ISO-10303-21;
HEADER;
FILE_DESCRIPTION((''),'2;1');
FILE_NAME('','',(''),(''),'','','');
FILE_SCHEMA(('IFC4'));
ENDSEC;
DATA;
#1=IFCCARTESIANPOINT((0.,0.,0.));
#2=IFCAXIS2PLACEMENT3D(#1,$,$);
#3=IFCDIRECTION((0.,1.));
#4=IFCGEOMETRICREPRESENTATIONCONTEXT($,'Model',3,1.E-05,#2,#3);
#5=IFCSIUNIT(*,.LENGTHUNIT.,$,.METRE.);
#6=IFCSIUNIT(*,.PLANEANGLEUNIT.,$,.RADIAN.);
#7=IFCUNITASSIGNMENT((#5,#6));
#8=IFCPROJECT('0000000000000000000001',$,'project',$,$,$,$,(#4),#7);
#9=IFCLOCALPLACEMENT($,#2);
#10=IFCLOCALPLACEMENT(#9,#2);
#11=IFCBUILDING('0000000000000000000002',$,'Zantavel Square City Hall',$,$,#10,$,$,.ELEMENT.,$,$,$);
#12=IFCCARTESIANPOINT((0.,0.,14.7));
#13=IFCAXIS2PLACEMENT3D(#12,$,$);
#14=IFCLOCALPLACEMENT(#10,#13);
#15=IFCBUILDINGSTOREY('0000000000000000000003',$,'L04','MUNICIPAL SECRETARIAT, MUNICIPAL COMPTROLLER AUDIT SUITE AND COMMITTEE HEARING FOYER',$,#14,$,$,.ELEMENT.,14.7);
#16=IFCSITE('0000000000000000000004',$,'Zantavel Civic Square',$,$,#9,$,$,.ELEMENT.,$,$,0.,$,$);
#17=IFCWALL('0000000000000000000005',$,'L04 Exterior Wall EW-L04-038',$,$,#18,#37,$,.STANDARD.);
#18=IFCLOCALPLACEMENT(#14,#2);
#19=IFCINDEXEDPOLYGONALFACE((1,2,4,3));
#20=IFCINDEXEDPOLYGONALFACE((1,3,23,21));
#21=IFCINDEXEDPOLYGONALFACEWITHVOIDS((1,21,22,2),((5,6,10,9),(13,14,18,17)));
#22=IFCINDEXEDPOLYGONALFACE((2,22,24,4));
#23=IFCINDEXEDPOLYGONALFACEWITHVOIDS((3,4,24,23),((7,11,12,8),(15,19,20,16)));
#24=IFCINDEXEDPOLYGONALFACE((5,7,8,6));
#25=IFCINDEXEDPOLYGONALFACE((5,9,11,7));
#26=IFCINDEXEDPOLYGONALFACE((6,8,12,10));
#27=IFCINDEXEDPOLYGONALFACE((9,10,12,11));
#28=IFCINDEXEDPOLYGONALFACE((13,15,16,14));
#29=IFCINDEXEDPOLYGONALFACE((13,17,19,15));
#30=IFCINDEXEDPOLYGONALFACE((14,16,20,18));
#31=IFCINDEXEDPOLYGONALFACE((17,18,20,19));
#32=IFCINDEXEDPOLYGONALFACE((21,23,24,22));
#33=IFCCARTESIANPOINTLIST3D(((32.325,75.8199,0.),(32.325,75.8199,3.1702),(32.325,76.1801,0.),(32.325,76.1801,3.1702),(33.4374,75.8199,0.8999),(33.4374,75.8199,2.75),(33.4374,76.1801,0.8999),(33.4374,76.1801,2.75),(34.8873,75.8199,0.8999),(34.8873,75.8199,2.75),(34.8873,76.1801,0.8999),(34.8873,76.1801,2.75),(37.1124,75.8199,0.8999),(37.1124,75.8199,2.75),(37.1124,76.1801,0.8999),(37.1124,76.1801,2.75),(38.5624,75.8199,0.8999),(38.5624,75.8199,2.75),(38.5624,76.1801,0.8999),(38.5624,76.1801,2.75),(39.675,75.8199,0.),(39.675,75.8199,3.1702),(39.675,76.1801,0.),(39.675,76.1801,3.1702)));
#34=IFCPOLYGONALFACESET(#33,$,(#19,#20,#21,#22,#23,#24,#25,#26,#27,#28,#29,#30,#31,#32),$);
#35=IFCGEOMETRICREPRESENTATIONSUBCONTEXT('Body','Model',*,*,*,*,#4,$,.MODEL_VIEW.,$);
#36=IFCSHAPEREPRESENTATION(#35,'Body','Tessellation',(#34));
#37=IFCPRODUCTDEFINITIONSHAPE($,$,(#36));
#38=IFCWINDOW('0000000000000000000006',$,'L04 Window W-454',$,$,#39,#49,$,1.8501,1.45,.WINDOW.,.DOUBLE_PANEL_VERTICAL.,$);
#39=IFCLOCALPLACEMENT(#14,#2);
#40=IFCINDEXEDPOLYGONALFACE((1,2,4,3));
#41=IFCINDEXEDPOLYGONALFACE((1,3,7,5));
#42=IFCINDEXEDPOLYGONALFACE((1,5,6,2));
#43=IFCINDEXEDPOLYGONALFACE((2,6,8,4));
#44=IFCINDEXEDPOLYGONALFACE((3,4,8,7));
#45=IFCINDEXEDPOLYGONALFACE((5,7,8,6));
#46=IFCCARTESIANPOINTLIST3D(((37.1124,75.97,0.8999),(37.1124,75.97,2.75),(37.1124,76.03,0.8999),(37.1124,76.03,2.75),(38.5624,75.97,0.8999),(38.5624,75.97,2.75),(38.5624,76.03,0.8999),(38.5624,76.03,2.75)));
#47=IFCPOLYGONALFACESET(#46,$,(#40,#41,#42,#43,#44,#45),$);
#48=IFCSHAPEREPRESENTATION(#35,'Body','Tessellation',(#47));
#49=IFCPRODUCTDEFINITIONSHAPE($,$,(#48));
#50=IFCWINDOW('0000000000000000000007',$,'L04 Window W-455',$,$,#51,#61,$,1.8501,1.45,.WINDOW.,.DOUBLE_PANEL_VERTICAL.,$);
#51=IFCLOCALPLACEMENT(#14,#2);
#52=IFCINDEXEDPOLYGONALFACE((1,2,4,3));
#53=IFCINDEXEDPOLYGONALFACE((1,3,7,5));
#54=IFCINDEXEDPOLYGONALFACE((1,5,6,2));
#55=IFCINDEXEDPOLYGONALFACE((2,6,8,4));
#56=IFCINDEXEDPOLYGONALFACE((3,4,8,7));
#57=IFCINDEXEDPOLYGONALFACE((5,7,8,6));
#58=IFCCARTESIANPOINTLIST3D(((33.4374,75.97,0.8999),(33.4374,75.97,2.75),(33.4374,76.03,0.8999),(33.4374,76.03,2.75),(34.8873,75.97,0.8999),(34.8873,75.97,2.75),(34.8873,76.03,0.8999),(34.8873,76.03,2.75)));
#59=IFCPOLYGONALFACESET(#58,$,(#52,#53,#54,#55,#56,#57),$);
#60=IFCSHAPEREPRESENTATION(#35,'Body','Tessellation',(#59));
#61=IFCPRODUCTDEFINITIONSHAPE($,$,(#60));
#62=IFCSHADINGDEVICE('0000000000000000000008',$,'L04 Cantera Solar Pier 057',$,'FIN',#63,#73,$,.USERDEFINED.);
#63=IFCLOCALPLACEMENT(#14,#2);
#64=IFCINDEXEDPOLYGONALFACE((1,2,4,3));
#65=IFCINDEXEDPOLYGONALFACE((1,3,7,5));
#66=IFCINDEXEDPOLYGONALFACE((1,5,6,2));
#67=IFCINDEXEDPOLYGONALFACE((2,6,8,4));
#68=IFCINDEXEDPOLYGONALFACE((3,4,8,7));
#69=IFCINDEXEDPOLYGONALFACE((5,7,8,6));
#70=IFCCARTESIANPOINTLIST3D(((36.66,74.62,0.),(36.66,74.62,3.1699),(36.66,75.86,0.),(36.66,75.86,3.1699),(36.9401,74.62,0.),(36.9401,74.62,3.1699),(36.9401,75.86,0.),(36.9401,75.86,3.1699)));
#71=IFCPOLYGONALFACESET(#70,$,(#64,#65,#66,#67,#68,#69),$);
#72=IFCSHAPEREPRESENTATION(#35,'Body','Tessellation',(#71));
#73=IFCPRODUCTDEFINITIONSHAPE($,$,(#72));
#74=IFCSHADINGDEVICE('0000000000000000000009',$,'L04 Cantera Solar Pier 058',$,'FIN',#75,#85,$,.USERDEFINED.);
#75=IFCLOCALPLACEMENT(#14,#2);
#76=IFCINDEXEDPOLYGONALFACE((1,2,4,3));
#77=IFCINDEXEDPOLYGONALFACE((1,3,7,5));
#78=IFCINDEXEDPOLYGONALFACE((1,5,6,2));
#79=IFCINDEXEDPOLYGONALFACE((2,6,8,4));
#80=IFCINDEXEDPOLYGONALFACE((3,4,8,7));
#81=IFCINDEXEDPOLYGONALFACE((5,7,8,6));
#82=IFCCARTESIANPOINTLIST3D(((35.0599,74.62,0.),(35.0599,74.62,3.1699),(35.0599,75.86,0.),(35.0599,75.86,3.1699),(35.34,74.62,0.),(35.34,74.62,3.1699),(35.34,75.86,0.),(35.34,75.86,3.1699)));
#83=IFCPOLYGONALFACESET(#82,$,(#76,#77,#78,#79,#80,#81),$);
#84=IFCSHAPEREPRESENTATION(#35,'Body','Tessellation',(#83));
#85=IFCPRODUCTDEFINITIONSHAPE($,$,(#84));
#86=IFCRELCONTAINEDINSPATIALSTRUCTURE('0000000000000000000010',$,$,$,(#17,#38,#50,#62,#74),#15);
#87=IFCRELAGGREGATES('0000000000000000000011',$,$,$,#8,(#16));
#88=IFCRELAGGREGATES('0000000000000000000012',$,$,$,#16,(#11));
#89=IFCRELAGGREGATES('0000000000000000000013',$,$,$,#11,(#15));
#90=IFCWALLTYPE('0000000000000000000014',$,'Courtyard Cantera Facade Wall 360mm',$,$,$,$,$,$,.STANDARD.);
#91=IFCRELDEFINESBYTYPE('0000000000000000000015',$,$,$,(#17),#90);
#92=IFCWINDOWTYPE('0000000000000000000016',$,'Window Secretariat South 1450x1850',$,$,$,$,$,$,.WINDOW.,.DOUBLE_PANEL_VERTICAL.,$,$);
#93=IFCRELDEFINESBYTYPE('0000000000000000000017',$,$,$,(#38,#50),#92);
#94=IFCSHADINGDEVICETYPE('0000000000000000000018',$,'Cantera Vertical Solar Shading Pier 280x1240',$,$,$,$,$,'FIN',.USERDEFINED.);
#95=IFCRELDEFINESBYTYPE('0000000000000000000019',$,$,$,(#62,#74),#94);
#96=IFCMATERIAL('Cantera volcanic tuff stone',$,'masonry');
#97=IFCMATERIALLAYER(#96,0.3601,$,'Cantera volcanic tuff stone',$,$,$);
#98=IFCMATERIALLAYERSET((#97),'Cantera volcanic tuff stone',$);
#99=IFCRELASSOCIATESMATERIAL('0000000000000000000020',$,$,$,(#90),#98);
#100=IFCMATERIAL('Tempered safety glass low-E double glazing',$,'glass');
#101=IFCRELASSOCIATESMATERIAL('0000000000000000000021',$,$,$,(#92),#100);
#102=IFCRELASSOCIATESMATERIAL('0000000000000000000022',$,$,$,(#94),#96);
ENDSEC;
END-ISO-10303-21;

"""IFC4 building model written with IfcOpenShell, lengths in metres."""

from ifc_helpers import new_model, si_unit, direction, frame, frame_2d, origin, origin_2d, place, context, subcontext, project, spatial, rectangle, extrude, material, layer, layer_set, type_object, element, fill, save


model = new_model("IFC4")

# Units and contexts
model_context = context("Model", 3, precision=1e-05, world=origin(), true_north=direction((0.0, 1.0)))
body_context = subcontext(model_context, "Body", "Model", "MODEL_VIEW")
ifc_project = project(units=[si_unit("LENGTHUNIT", "METRE"), si_unit("PLANEANGLEUNIT", "RADIAN")], contexts=[model_context])

# Site, building, storey
site_placement = place(None, origin())
site = spatial("IfcSite", under=ifc_project, at=site_placement, Name="Zantavel Civic Square", CompositionType="ELEMENT", RefElevation=0.0)
building_placement = place(site_placement, origin())
building = spatial("IfcBuilding", under=site, at=building_placement, Name="Zantavel Square City Hall", CompositionType="ELEMENT")
storey_placement = place(building_placement, frame((0.0, 0.0, 14.7)))
storey = spatial("IfcBuildingStorey", under=building, at=storey_placement, Name="L04", Description="MUNICIPAL SECRETARIAT, MUNICIPAL COMPTROLLER AUDIT SUITE AND COMMITTEE HEARING FOYER", CompositionType="ELEMENT", Elevation=14.7)

# Wall, openings, windows
ifc_material_1 = material(Name="Cantera volcanic tuff stone", Category="masonry")
ifc_layer = layer(ifc_material_1, 0.3601, Name="Cantera volcanic tuff stone")
ifc_layer_set = layer_set([ifc_layer], Name="Cantera volcanic tuff stone")
wall_type = type_object("IfcWallType", Name="Courtyard Cantera Facade Wall 360mm", PredefinedType="STANDARD", material=ifc_layer_set)
wall_placement = place(storey_placement, frame((39.675, 76.0, 0.0), z_axis=(0.0, 0.0, 1.0), x_axis=(-1.0, 0.0, 0.0)))
wall = element("IfcWall", 1, at=wall_placement, inside=storey, type_object=wall_type, Name="L04 Exterior Wall EW-L04-038", PredefinedType="STANDARD", context=body_context, shape_type="SweptSolid", body=[
    extrude(rectangle(XDim=7.3501, YDim=0.3601, at=frame_2d((3.675, 0.0))), origin(), (0.0, 0.0, 1.0), 3.1702),
])
opening_1_placement = place(wall_placement, frame((1.1125, 0.0, 0.8999)))
opening_1 = element("IfcOpeningElement", 2, at=opening_1_placement, cuts=wall, PredefinedType="OPENING", context=body_context, shape_type="SweptSolid", body=[
    extrude(rectangle(XDim=1.45, YDim=1.8501, at=frame_2d((0.7251, 0.925))), frame((0.0, 0.1899, 0.0), z_axis=(0.0, -1.0, 0.0), x_axis=(1.0, 0.0, 0.0)), (0.0, 0.0, 1.0), 0.3801),
])
opening_2_placement = place(wall_placement, frame((4.7876, 0.0, 0.8999)))
opening_2 = element("IfcOpeningElement", 3, at=opening_2_placement, cuts=wall, PredefinedType="OPENING", context=body_context, shape_type="SweptSolid", body=[
    extrude(rectangle(XDim=1.45, YDim=1.8501, at=frame_2d((0.7251, 0.925))), frame((0.0, 0.1899, 0.0), z_axis=(0.0, -1.0, 0.0), x_axis=(1.0, 0.0, 0.0)), (0.0, 0.0, 1.0), 0.3801),
])
ifc_material_2 = material(Name="Tempered safety glass low-E double glazing", Category="glass")
window_type = type_object("IfcWindowType", Name="Window Secretariat South 1450x1850", PartitioningType="DOUBLE_PANEL_VERTICAL", PredefinedType="WINDOW", material=ifc_material_2)
window_1_placement = place(opening_1_placement, origin())
window_1 = element("IfcWindow", 4, at=window_1_placement, inside=storey, type_object=window_type, Name="L04 Window W-454", OverallHeight=1.8501, OverallWidth=1.45, PartitioningType="DOUBLE_PANEL_VERTICAL", PredefinedType="WINDOW", context=body_context, shape_type="SweptSolid", body=[
    extrude(rectangle(XDim=1.45, YDim=1.8501, at=frame_2d((0.7251, 0.925))), frame((0.0, 0.03, 0.0), z_axis=(0.0, -1.0, 0.0), x_axis=(1.0, 0.0, 0.0)), (0.0, 0.0, 1.0), 0.0601),
])
fill(opening_1, window_1)
window_2_placement = place(opening_2_placement, origin())
window_2 = element("IfcWindow", 5, at=window_2_placement, inside=storey, type_object=window_type, Name="L04 Window W-455", OverallHeight=1.8501, OverallWidth=1.45, PartitioningType="DOUBLE_PANEL_VERTICAL", PredefinedType="WINDOW", context=body_context, shape_type="SweptSolid", body=[
    extrude(rectangle(XDim=1.45, YDim=1.8501, at=frame_2d((0.7251, 0.925))), frame((0.0, 0.03, 0.0), z_axis=(0.0, -1.0, 0.0), x_axis=(1.0, 0.0, 0.0)), (0.0, 0.0, 1.0), 0.0601),
])
fill(opening_2, window_2)

# Shading devices
shading_device_type = type_object("IfcShadingDeviceType", Name="Cantera Vertical Solar Shading Pier 280x1240", ElementType="FIN", PredefinedType="USERDEFINED", material=ifc_material_1)
for number, where, z_axis, x_axis, name in (
    (6, (36.8, 75.24, 0.0), (0.0, 0.0, 1.0), (1.0, 0.0, 0.0), "L04 Cantera Solar Pier 057"),
    (7, (35.2, 75.24, 0.0), (0.0, 0.0, 1.0), (1.0, 0.0, 0.0), "L04 Cantera Solar Pier 058"),
):
    element("IfcShadingDevice", number, at=place(storey_placement, frame(where, z_axis=z_axis, x_axis=x_axis)), inside=storey, type_object=shading_device_type, Name=name, ObjectType="FIN", PredefinedType="USERDEFINED", context=body_context, shape_type="SweptSolid", body=[
        extrude(rectangle(XDim=0.28, YDim=1.24, at=origin_2d()), origin(), (0.0, 0.0, 1.0), 3.1699),
    ])

save(model, "model.ifc")
